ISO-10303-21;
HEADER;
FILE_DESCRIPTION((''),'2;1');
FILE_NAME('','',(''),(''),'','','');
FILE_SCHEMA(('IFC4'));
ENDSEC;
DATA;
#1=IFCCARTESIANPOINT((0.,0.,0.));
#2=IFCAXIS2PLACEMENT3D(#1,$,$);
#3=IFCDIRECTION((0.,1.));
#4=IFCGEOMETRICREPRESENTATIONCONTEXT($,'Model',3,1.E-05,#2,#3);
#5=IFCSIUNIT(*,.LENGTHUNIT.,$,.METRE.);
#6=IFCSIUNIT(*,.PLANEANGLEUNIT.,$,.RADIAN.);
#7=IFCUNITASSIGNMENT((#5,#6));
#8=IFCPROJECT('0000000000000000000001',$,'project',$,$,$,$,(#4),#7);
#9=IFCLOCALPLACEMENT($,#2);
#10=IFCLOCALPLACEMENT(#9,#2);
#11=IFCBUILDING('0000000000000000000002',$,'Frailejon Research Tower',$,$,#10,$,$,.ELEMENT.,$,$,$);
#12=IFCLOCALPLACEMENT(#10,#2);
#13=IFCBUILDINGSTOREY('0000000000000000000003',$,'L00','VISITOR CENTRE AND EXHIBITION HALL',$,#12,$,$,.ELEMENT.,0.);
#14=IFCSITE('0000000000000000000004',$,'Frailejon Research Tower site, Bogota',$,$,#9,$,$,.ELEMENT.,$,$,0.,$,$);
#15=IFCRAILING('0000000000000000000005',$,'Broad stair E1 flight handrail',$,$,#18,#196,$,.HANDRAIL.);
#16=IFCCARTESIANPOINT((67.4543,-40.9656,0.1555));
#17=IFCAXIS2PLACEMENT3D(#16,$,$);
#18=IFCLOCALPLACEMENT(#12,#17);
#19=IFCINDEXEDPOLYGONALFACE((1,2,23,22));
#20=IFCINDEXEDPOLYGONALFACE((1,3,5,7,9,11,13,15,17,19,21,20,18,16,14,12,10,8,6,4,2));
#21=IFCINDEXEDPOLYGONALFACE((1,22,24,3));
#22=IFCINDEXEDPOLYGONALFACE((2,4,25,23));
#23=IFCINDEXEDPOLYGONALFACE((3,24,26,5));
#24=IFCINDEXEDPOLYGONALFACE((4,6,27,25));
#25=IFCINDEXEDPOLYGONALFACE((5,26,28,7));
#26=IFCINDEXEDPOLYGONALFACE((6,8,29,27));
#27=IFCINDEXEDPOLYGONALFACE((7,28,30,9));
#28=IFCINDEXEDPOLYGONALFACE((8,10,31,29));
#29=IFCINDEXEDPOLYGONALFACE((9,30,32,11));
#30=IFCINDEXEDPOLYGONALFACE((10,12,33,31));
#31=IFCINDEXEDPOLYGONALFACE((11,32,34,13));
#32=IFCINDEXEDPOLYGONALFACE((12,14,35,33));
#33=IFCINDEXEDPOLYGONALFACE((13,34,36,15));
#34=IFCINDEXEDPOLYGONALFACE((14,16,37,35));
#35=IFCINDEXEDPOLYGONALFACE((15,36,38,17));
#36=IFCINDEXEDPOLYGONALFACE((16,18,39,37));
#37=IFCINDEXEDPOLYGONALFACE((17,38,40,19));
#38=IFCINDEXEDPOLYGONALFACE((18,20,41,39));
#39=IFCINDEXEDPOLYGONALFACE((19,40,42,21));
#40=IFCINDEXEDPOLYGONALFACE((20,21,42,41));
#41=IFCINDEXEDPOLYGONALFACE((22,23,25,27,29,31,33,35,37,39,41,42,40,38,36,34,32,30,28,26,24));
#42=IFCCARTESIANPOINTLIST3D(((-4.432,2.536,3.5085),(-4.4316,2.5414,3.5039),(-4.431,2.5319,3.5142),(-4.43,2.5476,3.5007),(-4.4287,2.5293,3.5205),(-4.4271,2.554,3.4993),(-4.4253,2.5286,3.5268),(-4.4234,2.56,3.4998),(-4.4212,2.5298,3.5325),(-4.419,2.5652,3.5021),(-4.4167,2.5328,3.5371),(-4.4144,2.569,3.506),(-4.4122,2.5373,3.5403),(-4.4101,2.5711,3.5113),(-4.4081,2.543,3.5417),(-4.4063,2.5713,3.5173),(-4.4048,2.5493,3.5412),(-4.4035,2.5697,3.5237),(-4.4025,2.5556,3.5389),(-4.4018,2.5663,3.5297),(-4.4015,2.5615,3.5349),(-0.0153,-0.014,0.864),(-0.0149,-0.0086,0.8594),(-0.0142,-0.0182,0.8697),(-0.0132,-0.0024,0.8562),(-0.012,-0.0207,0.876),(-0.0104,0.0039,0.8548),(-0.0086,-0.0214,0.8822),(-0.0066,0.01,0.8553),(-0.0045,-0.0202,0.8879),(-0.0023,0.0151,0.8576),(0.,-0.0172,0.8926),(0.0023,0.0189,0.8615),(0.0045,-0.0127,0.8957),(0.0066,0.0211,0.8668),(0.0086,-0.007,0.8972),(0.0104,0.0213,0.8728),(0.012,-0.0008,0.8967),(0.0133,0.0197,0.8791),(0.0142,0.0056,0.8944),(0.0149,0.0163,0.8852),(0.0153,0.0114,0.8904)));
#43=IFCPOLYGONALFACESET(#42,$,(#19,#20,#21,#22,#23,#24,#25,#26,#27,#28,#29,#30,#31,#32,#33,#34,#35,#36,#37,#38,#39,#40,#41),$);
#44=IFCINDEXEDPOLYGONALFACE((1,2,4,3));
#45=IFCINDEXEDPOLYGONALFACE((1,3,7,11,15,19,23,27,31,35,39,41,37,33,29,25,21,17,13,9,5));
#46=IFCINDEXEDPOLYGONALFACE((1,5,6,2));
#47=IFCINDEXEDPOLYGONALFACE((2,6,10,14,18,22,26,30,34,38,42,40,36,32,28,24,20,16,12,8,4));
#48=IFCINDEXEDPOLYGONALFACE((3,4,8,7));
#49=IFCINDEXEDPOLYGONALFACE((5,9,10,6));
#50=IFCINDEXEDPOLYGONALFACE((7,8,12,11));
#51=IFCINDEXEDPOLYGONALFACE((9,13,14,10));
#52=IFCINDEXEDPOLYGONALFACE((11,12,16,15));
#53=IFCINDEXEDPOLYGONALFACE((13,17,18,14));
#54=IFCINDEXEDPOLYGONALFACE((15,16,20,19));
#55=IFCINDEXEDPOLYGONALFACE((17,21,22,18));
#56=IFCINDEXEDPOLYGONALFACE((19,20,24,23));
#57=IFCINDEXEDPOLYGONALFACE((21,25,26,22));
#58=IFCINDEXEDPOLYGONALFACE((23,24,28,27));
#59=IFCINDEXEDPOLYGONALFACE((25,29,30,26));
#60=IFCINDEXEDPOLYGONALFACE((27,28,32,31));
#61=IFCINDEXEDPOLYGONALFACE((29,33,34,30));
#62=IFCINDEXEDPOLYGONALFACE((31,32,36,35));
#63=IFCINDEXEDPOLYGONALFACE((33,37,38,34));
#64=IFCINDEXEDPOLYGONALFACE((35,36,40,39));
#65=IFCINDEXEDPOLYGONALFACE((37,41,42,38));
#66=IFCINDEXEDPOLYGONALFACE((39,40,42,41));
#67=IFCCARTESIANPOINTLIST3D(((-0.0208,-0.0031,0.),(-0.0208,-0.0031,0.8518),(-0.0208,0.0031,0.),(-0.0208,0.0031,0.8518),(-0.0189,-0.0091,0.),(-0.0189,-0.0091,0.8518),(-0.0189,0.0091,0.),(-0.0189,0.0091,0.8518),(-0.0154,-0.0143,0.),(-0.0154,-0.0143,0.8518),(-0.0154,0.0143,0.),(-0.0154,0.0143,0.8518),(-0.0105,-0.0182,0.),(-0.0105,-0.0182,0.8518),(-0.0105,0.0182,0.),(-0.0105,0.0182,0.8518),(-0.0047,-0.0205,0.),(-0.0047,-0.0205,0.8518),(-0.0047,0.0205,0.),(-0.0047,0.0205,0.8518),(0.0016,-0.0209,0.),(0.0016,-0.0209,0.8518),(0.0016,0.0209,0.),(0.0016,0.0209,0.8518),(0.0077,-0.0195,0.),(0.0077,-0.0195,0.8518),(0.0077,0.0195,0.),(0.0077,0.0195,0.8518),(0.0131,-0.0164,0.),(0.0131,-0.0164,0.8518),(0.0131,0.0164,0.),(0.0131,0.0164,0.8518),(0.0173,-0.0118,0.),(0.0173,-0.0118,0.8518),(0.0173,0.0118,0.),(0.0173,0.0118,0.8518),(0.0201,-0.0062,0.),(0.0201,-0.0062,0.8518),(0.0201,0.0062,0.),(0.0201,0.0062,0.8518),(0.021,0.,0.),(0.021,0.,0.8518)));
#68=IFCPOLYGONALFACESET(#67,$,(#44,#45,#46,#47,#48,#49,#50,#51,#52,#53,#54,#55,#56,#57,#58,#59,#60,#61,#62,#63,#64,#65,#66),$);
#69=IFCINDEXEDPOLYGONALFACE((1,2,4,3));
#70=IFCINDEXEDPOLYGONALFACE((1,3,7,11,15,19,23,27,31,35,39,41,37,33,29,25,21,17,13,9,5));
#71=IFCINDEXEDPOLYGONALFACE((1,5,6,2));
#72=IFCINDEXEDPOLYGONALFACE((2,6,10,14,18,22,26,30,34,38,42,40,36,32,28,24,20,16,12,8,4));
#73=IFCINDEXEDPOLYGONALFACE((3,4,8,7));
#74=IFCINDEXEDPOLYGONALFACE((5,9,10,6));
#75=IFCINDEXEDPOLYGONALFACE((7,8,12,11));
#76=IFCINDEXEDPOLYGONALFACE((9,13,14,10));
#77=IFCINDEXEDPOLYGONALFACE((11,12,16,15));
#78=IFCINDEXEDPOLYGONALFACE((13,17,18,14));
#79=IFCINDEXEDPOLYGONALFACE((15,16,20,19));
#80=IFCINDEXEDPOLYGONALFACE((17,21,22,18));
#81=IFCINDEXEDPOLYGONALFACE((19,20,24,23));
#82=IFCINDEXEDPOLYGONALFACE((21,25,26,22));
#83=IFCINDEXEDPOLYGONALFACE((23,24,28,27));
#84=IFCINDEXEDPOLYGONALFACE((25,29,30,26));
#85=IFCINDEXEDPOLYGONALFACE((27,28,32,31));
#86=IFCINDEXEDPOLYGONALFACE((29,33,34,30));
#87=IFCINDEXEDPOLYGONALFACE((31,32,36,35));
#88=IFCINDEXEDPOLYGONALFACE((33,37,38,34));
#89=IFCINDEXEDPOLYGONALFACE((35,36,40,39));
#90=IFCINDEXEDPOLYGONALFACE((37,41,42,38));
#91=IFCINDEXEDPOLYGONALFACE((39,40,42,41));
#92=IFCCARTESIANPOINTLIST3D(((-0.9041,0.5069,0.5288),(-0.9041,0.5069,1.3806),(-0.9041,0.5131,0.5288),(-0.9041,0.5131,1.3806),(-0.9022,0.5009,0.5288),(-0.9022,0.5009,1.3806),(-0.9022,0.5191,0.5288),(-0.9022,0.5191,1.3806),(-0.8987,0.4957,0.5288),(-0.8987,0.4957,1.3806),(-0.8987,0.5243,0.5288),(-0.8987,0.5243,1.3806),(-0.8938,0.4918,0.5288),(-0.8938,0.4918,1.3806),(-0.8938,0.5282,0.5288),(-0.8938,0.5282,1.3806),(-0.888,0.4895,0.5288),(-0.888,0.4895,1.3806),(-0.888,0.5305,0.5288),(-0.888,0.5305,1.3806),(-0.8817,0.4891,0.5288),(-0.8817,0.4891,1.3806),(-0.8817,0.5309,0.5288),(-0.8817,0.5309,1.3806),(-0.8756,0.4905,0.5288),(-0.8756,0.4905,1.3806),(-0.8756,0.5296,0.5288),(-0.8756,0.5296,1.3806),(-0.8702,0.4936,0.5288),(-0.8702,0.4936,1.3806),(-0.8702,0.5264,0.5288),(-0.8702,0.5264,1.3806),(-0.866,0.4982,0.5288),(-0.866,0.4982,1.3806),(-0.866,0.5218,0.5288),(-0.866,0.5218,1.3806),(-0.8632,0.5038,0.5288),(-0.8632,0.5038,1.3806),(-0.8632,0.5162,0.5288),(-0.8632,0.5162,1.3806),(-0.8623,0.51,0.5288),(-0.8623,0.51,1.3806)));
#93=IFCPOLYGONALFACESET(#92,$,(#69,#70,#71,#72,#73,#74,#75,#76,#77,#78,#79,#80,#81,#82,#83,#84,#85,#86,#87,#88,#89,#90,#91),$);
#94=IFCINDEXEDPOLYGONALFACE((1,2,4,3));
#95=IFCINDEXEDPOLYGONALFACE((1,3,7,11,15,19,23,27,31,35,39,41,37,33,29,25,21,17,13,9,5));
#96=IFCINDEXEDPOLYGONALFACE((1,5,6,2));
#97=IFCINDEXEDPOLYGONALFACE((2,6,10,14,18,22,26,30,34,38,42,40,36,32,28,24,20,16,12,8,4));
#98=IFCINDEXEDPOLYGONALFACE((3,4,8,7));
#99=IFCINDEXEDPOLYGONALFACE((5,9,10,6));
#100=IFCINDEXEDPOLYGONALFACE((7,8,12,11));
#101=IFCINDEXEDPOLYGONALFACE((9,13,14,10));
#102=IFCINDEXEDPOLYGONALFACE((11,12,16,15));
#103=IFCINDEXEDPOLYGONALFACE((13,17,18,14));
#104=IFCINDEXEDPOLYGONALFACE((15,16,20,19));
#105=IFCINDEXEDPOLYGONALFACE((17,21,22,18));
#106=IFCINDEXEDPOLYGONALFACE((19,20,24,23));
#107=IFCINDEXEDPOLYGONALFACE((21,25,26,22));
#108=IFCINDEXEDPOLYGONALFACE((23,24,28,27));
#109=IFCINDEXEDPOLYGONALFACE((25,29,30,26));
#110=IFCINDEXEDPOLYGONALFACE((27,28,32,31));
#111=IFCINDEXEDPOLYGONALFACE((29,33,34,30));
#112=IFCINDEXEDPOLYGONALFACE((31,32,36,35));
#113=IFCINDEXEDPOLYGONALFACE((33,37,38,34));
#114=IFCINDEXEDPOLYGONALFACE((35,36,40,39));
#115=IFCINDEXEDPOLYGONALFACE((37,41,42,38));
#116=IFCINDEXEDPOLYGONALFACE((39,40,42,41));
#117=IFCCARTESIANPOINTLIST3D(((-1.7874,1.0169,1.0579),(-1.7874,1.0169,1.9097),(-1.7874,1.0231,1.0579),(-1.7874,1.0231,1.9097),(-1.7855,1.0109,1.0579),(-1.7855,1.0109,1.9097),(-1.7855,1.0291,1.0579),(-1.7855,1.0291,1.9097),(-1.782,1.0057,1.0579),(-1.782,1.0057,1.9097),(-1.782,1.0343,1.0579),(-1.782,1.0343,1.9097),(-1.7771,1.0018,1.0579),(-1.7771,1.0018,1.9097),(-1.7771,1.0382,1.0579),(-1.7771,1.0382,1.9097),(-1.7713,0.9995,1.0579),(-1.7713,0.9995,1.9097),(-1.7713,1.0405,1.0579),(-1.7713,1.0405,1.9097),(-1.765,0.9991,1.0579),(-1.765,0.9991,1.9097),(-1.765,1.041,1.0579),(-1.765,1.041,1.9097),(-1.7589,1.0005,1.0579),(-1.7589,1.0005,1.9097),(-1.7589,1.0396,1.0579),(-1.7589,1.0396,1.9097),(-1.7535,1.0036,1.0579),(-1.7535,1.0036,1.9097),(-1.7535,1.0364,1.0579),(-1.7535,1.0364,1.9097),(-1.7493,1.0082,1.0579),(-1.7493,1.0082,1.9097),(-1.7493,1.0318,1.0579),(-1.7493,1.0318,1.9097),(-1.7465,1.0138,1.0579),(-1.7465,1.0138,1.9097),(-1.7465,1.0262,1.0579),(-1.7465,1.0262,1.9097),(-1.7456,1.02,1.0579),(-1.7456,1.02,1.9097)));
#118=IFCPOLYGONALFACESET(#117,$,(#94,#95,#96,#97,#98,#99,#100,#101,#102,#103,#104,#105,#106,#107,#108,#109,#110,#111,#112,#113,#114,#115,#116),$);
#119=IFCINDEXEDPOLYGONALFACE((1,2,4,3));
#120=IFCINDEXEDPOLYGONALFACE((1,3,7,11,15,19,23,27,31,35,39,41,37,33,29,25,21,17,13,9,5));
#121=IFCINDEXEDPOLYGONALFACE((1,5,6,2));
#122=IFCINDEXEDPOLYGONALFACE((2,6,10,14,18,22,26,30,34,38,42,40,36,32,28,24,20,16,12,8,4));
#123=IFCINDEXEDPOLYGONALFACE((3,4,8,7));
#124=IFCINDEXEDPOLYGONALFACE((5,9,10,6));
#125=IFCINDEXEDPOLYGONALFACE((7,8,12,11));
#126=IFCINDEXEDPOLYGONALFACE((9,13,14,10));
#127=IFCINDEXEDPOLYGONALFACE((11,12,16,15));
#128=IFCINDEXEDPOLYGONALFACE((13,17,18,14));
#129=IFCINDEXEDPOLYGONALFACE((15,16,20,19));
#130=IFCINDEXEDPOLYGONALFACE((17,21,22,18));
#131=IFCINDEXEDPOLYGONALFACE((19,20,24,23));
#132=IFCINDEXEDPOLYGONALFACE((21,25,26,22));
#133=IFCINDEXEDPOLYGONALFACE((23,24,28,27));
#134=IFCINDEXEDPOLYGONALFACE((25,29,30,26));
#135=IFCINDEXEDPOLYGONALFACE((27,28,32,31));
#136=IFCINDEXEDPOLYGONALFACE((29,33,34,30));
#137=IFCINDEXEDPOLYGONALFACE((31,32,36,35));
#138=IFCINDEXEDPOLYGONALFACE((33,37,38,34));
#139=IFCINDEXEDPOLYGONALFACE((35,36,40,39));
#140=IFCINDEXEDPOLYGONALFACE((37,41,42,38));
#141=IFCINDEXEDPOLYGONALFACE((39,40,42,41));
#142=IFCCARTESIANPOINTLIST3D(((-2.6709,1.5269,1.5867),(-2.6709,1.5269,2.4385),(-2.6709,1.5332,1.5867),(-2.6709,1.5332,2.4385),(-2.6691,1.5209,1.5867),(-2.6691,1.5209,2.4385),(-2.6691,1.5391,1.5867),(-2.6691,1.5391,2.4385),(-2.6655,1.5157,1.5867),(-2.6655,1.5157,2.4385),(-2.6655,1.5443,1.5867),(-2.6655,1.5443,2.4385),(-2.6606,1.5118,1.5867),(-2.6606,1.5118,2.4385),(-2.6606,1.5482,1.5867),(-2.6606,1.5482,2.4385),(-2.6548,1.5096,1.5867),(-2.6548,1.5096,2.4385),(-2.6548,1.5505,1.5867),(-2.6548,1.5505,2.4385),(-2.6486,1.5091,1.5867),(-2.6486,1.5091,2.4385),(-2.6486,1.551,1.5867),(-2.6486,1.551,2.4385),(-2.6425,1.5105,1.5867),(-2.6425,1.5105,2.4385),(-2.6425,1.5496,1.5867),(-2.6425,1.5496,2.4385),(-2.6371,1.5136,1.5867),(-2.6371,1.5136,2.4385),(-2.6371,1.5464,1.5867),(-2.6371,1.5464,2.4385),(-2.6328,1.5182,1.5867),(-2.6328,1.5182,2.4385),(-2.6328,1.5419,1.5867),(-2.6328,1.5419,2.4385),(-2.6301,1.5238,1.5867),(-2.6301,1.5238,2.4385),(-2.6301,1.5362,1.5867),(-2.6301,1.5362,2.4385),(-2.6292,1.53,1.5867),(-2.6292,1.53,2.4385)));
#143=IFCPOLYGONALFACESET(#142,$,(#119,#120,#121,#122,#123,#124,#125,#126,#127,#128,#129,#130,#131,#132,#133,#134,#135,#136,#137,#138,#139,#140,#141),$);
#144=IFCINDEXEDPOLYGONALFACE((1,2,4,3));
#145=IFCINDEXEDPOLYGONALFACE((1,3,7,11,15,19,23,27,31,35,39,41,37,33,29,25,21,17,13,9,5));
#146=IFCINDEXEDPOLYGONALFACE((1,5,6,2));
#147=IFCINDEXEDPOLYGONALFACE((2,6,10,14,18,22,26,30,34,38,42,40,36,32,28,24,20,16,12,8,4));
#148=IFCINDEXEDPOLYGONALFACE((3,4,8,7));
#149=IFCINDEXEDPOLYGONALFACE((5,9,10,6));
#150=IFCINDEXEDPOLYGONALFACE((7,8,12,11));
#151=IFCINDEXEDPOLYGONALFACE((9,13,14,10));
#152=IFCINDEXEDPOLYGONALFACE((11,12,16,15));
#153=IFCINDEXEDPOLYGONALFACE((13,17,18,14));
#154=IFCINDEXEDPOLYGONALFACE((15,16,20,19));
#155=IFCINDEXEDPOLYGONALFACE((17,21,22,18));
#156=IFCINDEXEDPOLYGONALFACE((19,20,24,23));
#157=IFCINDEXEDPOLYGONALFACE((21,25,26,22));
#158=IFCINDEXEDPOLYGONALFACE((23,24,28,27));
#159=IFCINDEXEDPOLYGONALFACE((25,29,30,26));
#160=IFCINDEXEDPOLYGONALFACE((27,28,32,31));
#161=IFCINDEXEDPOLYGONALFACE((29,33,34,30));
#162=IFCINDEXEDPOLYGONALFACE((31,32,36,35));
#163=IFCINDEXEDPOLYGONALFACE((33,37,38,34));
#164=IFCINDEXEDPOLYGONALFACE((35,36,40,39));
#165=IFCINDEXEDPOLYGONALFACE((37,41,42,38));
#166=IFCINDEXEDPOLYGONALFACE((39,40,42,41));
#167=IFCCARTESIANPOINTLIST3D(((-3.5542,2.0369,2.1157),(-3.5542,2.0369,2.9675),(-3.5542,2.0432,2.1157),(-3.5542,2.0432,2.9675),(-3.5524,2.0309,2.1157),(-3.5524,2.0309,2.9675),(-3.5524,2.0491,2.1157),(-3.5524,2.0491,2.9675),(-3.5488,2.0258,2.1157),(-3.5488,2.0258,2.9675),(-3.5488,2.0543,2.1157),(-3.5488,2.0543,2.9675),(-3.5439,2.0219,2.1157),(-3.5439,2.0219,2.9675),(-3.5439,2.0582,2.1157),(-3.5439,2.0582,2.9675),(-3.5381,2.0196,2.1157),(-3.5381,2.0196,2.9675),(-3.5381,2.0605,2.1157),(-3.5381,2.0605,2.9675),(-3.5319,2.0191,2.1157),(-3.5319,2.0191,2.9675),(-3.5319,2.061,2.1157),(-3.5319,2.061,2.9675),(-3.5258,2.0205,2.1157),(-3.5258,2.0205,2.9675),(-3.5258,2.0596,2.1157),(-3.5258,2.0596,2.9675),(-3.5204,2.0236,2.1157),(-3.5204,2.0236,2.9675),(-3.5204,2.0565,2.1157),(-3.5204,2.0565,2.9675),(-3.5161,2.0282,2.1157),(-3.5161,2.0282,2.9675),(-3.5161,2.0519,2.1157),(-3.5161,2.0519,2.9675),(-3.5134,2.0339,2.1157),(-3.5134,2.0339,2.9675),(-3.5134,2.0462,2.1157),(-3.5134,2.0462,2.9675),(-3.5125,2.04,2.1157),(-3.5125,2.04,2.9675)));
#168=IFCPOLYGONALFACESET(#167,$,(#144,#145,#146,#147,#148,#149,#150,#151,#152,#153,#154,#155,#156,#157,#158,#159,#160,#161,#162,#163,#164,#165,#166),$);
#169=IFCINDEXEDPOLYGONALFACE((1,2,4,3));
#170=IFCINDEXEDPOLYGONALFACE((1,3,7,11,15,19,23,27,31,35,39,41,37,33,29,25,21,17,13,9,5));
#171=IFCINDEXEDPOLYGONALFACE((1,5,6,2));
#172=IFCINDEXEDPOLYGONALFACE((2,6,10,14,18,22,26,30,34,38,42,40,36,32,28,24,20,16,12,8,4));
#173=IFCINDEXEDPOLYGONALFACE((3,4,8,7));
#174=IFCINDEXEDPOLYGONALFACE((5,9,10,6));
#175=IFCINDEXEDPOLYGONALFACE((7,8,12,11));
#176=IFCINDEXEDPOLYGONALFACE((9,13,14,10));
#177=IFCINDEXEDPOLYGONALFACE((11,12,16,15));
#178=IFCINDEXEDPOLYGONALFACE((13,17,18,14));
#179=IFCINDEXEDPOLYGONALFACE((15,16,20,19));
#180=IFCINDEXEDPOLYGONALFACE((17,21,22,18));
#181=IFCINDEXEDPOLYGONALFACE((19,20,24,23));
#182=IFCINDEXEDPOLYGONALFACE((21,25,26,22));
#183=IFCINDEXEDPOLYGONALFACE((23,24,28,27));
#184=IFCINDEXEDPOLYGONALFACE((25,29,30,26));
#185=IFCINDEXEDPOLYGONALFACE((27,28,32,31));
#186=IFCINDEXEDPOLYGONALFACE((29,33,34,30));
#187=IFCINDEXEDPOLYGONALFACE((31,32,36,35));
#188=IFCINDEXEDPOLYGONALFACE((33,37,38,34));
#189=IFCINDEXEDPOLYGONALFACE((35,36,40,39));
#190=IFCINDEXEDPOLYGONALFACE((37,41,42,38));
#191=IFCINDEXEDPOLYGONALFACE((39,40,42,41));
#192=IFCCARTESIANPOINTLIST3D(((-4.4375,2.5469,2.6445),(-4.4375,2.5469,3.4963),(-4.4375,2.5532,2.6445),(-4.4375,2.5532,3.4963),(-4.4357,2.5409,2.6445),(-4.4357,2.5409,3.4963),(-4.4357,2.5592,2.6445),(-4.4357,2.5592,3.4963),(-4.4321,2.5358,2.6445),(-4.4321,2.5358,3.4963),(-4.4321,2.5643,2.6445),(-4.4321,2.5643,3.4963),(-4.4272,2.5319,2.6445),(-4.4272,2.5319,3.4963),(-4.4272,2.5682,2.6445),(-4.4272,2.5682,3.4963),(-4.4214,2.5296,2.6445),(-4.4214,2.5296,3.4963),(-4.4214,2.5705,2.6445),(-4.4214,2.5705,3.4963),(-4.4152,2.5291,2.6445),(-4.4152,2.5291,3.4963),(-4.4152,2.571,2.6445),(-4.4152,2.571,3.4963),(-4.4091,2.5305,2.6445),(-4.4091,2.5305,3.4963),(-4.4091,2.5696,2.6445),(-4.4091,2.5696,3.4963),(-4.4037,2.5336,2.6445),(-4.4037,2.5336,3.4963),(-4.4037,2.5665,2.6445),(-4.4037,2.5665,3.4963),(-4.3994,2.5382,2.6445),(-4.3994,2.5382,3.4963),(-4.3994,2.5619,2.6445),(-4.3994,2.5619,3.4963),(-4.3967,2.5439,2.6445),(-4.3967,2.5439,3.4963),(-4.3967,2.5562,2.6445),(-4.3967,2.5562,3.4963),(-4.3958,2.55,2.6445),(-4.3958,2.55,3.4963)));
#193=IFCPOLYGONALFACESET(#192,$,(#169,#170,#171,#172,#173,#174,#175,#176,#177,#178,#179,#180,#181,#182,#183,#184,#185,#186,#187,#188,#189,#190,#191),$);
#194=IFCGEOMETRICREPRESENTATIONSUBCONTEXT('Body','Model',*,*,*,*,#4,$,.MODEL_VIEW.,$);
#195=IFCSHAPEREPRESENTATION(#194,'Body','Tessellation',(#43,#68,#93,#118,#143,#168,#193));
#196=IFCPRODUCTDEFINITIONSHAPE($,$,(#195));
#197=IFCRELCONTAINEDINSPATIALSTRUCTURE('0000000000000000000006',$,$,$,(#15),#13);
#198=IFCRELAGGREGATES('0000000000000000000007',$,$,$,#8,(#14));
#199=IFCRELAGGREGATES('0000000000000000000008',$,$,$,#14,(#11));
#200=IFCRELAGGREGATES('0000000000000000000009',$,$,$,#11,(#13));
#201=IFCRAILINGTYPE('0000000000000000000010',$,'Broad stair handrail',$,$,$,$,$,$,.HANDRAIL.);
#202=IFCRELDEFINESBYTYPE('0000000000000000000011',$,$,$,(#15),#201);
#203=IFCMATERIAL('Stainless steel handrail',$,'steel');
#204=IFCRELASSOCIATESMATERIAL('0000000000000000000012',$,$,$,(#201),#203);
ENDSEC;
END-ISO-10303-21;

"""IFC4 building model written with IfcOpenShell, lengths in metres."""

from ifc_helpers import new_model, si_unit, direction, frame, origin, origin_2d, place, context, subcontext, project, spatial, circle, extrude, material, type_object, element, save


model = new_model("IFC4")

# Units and contexts
model_context = context("Model", 3, precision=1e-05, world=origin(), true_north=direction((0.0, 1.0)))
body_context = subcontext(model_context, "Body", "Model", "MODEL_VIEW")
ifc_project = project(units=[si_unit("LENGTHUNIT", "METRE"), si_unit("PLANEANGLEUNIT", "RADIAN")], contexts=[model_context])

# Site, building, storey
site_placement = place(None, origin())
site = spatial("IfcSite", under=ifc_project, at=site_placement, Name="Frailejon Research Tower site, Bogota", CompositionType="ELEMENT", RefElevation=0.0)
building_placement = place(site_placement, origin())
building = spatial("IfcBuilding", under=site, at=building_placement, Name="Frailejon Research Tower", CompositionType="ELEMENT")
storey_placement = place(building_placement, origin())
storey = spatial("IfcBuildingStorey", under=building, at=storey_placement, Name="L00", Description="VISITOR CENTRE AND EXHIBITION HALL", CompositionType="ELEMENT", Elevation=0.0)

# Railing
ifc_material_1 = material(Name="Stainless steel handrail", Category="steel")
railing_type_1 = type_object("IfcRailingType", Name="Broad stair handrail", PredefinedType="HANDRAIL", material=ifc_material_1)
for number, where, name in (
    (1, (67.4543, -40.9656, 0.1555), "Broad stair E1 flight handrail"),
):
    element("IfcRailing", number, at=place(storey_placement, frame(where)), inside=storey, type_object=railing_type_1, Name=name, PredefinedType="HANDRAIL", context=body_context, shape_type="SweptSolid", body=[
        extrude(circle(Radius=0.0239, at=origin_2d()), frame((0.0, 0.0, 0.876), z_axis=(-0.768811, 0.44388, 0.460326), x_axis=(-0.500006, -0.866022, 0.0)), (0.0, 0.0, 1.0), 5.7449),
        extrude(circle(Radius=0.021, at=origin_2d()), origin(), (0.0, 0.0, 1.0), 0.8518),
        extrude(circle(Radius=0.021, at=origin_2d()), frame((-0.8833, 0.51, 0.5288)), (0.0, 0.0, 1.0), 0.8518),
        extrude(circle(Radius=0.021, at=origin_2d()), frame((-1.7666, 1.02, 1.0579)), (0.0, 0.0, 1.0), 0.8518),
        extrude(circle(Radius=0.021, at=origin_2d()), frame((-2.6501, 1.53, 1.5867)), (0.0, 0.0, 1.0), 0.8518),
        extrude(circle(Radius=0.021, at=origin_2d()), frame((-3.5334, 2.04, 2.1157)), (0.0, 0.0, 1.0), 0.8518),
        extrude(circle(Radius=0.021, at=origin_2d()), frame((-4.4167, 2.55, 2.6445)), (0.0, 0.0, 1.0), 0.8518),
    ])

save(model, "model.ifc")
